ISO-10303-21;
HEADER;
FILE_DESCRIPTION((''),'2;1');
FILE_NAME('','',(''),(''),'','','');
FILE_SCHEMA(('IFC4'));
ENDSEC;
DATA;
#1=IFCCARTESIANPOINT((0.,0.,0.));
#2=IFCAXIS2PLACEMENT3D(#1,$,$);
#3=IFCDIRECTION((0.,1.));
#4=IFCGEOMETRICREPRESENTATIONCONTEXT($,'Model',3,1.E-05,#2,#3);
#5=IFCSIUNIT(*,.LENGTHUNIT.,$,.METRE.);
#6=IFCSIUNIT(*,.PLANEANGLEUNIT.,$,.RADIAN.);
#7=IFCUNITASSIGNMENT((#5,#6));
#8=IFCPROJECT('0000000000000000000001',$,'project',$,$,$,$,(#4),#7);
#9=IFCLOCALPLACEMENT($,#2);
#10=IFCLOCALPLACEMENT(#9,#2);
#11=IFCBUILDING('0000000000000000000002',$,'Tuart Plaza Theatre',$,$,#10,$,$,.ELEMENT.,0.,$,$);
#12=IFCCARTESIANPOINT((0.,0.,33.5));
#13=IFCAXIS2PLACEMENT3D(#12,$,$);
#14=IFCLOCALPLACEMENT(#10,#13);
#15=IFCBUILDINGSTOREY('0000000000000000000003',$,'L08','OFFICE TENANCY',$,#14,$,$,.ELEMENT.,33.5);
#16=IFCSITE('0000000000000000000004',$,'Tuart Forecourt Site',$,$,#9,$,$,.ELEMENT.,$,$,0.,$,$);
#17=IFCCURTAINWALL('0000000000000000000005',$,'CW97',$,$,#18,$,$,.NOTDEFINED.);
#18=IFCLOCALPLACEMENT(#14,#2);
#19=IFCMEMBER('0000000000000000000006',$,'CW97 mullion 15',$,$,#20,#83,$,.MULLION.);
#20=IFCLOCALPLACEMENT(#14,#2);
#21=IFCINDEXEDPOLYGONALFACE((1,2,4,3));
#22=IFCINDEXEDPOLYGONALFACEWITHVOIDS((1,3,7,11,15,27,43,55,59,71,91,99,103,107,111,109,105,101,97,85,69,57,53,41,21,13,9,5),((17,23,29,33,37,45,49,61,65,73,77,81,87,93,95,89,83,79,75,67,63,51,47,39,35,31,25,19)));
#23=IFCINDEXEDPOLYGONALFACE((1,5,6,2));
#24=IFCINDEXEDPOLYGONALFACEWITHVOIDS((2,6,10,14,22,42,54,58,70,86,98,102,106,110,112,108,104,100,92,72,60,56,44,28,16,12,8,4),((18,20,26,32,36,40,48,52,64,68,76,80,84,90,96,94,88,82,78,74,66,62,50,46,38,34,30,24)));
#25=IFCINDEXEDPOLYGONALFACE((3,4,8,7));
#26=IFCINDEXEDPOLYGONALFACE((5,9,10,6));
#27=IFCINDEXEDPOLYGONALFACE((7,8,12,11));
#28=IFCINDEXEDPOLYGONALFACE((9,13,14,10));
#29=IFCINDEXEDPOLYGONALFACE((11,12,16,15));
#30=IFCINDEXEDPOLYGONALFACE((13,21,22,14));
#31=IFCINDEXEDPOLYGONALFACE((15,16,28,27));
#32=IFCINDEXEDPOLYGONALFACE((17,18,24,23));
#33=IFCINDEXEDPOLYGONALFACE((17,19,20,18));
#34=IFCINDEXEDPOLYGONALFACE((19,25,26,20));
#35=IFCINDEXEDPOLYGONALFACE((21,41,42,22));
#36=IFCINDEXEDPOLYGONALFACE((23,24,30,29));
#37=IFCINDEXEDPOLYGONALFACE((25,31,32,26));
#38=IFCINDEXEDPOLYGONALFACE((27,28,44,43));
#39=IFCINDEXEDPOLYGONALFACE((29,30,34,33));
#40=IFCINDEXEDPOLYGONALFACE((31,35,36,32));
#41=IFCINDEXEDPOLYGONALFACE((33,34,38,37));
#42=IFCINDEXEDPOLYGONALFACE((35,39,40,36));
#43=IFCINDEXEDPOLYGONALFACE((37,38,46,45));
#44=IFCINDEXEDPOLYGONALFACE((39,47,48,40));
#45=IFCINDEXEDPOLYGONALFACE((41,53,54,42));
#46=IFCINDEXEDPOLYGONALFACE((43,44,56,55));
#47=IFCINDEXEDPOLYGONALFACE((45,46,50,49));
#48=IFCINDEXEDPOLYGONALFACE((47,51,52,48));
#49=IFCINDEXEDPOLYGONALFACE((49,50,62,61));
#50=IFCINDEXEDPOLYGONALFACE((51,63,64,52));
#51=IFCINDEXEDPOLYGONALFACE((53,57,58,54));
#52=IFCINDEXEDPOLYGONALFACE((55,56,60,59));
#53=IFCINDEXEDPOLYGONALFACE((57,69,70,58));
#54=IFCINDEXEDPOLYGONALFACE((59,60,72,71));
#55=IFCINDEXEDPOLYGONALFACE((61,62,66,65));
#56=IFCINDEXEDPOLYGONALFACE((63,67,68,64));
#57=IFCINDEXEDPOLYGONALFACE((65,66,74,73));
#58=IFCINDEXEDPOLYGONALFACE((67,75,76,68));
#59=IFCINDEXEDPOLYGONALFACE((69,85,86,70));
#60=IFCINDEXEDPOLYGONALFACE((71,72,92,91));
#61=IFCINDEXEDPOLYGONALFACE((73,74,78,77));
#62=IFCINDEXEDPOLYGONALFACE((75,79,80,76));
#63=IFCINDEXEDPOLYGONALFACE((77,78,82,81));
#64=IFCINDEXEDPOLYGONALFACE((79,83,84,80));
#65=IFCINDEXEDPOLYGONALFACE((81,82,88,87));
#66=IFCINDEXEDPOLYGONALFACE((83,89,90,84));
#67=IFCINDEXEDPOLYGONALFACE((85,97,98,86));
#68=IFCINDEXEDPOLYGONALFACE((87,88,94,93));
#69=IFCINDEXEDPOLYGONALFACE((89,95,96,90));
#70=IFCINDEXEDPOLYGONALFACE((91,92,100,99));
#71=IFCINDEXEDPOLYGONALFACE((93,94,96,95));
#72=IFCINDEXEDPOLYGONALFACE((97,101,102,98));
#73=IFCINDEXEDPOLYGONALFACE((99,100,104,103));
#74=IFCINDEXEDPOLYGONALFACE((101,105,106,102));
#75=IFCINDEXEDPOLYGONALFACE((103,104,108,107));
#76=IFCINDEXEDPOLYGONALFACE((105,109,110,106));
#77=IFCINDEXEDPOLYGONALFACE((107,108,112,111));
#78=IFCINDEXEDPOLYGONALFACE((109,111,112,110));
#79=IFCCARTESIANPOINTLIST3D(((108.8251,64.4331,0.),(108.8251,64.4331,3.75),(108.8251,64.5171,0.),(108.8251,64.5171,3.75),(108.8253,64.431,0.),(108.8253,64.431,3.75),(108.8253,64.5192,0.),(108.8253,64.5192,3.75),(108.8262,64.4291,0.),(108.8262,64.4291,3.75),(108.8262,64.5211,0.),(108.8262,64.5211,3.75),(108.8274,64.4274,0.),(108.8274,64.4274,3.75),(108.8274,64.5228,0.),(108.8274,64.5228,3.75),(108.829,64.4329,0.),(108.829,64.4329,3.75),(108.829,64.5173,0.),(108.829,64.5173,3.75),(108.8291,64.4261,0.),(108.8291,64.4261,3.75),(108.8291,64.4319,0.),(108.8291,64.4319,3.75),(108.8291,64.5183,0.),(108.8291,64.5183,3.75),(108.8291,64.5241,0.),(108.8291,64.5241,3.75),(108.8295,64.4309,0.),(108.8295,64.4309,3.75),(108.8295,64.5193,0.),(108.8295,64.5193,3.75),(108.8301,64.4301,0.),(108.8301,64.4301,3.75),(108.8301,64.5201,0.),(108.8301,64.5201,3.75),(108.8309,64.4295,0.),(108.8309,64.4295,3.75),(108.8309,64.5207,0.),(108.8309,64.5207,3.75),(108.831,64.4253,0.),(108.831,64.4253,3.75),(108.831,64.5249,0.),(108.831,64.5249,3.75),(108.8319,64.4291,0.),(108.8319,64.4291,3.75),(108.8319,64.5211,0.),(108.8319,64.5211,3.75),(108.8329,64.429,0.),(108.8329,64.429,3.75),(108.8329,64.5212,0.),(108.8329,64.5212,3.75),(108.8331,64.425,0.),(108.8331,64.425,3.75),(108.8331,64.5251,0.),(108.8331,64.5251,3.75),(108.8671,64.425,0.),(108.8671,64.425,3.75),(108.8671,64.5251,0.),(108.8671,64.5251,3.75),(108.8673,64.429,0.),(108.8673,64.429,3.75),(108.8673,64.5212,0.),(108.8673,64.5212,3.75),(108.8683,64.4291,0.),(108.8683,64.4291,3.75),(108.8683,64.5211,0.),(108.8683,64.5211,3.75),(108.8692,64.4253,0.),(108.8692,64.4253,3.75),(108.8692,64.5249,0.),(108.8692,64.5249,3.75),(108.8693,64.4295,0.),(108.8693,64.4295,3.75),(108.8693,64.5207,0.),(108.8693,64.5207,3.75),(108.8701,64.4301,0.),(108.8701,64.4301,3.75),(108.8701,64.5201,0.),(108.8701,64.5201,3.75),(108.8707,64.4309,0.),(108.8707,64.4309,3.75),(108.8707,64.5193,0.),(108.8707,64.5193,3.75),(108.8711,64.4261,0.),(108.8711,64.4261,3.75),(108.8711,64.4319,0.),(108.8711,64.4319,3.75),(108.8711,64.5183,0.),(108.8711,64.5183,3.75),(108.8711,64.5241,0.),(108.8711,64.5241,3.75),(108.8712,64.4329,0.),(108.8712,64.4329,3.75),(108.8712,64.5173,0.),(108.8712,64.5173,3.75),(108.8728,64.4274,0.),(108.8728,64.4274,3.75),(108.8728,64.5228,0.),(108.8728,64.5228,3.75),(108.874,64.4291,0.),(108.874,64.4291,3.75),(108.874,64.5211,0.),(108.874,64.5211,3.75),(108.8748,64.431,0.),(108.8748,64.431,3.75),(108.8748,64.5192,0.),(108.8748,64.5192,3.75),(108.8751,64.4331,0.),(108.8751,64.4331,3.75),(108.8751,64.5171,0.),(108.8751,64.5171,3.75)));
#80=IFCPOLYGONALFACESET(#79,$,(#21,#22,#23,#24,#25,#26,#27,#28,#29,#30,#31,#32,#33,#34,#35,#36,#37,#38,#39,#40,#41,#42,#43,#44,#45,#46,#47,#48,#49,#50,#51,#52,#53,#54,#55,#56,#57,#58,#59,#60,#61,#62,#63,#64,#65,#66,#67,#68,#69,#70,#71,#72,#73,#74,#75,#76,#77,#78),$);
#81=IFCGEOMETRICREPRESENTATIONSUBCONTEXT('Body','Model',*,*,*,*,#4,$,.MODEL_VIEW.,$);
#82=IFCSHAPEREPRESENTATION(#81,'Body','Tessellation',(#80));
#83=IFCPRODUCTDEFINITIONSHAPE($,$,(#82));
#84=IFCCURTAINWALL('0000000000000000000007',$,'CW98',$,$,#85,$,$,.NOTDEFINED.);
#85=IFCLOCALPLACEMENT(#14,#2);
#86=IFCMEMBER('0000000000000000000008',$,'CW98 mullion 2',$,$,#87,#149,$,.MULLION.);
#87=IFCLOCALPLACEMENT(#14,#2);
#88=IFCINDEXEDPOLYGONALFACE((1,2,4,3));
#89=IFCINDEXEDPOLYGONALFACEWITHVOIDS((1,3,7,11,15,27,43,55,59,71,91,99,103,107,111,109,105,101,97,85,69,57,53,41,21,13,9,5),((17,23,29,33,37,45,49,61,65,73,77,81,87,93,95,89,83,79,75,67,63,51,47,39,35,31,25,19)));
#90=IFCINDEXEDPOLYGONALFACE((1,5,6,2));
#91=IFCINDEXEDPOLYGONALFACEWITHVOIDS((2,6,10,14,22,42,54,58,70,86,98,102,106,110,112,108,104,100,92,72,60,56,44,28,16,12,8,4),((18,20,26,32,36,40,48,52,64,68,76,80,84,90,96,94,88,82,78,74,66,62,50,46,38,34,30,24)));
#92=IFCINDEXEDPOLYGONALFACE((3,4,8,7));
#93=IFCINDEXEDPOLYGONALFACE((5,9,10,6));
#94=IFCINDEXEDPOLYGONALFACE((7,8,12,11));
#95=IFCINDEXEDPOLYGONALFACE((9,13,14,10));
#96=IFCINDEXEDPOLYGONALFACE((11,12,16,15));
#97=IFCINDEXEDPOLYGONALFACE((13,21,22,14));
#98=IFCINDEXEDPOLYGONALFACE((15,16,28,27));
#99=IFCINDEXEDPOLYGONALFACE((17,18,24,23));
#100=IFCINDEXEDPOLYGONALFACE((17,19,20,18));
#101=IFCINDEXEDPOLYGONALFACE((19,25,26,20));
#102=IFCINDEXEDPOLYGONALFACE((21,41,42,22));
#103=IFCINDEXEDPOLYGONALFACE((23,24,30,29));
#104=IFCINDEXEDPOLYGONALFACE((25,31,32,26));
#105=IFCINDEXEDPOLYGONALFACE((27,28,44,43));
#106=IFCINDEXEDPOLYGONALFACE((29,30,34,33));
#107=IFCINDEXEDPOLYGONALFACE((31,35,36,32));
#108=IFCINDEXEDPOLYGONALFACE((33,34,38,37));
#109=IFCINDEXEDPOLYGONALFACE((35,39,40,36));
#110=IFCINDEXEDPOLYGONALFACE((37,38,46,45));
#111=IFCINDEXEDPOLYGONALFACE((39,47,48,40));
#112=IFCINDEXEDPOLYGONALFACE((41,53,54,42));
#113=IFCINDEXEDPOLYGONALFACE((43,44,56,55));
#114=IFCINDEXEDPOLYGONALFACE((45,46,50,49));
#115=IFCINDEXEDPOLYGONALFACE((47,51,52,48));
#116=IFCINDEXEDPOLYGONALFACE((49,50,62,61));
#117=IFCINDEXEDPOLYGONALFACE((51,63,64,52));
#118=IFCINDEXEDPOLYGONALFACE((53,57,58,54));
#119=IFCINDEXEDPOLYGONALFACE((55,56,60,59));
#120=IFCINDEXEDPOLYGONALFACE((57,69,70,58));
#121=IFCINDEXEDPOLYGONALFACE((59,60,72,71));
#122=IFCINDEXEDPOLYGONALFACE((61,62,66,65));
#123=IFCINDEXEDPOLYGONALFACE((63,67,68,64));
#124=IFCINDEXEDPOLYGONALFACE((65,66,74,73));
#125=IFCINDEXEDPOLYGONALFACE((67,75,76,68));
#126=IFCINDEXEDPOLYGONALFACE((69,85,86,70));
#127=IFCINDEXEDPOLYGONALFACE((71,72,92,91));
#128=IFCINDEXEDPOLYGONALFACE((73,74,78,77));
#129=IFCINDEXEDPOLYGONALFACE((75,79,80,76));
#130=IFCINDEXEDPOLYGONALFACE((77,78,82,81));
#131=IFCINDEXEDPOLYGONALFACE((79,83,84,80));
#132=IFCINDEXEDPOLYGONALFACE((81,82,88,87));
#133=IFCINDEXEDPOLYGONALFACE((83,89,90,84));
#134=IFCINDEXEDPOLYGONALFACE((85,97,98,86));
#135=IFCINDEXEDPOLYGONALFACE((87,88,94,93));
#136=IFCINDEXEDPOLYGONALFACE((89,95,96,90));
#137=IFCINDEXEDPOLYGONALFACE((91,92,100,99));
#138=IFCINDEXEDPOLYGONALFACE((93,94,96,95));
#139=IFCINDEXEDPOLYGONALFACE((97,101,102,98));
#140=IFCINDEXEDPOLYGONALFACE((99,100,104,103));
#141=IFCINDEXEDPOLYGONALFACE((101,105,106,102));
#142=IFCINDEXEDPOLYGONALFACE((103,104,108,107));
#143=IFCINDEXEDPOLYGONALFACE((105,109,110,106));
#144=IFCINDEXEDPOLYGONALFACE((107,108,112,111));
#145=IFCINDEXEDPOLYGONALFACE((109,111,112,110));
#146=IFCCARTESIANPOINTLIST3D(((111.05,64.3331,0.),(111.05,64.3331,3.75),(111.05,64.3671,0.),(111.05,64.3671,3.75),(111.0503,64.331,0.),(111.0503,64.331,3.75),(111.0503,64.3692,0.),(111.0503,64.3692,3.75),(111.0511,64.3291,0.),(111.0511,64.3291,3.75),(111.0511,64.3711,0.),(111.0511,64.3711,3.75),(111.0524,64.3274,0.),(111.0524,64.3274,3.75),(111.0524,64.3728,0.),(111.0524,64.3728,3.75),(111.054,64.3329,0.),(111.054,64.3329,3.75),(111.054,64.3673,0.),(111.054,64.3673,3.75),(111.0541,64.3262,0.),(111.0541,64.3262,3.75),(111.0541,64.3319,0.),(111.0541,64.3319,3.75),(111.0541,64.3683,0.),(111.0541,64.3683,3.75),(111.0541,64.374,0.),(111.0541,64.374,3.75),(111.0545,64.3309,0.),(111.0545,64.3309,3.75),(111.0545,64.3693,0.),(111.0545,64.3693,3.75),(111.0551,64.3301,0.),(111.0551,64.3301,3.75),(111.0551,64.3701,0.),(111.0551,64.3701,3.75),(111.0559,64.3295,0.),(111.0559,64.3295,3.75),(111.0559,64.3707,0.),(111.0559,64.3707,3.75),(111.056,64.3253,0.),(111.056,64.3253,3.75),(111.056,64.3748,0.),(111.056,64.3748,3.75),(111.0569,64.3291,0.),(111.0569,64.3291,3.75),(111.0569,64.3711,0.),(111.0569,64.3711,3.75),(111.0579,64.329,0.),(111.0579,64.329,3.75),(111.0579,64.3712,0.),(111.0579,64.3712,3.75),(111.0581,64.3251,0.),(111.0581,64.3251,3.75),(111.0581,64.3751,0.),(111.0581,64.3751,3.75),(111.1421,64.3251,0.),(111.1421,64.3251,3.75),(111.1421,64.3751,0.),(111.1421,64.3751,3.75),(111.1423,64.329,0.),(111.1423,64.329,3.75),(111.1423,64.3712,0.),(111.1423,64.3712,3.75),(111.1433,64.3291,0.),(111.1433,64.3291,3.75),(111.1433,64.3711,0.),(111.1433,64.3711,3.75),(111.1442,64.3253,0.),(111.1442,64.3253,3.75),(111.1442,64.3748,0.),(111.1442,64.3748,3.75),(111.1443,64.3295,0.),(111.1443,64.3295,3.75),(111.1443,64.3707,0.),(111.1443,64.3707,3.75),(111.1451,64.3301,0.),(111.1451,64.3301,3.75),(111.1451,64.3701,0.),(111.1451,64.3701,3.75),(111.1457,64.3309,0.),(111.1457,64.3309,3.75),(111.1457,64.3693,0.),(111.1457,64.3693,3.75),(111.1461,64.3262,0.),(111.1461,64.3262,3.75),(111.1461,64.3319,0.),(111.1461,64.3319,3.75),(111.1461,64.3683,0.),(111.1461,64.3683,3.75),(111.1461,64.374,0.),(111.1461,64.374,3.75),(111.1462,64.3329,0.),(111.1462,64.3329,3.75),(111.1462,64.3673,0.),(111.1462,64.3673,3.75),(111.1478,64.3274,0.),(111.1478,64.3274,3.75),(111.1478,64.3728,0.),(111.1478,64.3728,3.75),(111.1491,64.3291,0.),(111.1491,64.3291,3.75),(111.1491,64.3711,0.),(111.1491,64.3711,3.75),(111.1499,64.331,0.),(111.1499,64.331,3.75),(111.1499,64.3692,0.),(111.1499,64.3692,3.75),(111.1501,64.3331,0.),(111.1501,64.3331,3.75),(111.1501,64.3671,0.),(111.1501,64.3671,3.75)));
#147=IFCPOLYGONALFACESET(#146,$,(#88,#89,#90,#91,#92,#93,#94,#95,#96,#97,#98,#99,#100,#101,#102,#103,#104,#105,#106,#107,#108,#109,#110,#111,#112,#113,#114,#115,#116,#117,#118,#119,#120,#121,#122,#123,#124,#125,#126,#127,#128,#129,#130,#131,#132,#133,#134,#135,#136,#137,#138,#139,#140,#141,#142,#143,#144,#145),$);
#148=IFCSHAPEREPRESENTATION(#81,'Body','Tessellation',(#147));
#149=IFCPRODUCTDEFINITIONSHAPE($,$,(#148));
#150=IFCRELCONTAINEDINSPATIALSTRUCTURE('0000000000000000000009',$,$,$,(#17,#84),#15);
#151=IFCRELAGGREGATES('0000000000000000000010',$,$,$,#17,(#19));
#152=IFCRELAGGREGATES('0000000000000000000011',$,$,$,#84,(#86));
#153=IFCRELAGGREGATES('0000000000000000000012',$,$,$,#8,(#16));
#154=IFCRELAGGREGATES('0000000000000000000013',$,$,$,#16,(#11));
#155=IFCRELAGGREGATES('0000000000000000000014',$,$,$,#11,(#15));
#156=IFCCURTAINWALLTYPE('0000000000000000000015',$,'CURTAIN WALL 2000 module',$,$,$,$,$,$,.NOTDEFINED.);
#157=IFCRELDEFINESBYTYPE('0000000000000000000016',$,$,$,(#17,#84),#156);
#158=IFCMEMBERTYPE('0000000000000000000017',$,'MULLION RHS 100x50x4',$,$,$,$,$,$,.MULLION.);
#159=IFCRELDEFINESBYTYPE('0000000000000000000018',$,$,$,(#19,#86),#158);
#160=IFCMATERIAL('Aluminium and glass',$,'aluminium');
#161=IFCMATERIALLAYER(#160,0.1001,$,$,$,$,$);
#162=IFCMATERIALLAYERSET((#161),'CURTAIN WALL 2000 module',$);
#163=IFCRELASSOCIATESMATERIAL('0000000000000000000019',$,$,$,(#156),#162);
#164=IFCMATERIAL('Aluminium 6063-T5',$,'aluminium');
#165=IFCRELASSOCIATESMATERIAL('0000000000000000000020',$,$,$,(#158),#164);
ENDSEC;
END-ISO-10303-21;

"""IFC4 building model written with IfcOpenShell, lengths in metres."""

from ifc_helpers import new_model, si_unit, direction, frame, origin, origin_2d, place, context, subcontext, project, spatial, hollow_rectangle, extrude, material, layer, layer_set, material_profile, profile_set, type_object, element, aggregate, save


model = new_model("IFC4")

# Units and contexts
model_context = context("Model", 3, precision=1e-05, world=origin(), true_north=direction((0.0, 1.0)))
body_context = subcontext(model_context, "Body", "Model", "MODEL_VIEW")
ifc_project = project(units=[si_unit("LENGTHUNIT", "METRE"), si_unit("PLANEANGLEUNIT", "RADIAN")], contexts=[model_context])

# Site, building, storey
site_placement = place(None, origin())
site = spatial("IfcSite", under=ifc_project, at=site_placement, Name="Tuart Forecourt Site", CompositionType="ELEMENT", RefElevation=0.0)
building_placement = place(site_placement, origin())
building = spatial("IfcBuilding", under=site, at=building_placement, Name="Tuart Plaza Theatre", CompositionType="ELEMENT", ElevationOfRefHeight=0.0)
storey_placement = place(building_placement, frame((0.0, 0.0, 33.5)))
storey = spatial("IfcBuildingStorey", under=building, at=storey_placement, Name="L08", Description="OFFICE TENANCY", CompositionType="ELEMENT", Elevation=33.5)

# Curtain wall, member
ifc_material_1 = material(Name="Aluminium and glass", Category="aluminium")
ifc_layer_1 = layer(ifc_material_1, 0.1001)
ifc_layer_set_1 = layer_set([ifc_layer_1], Name="CURTAIN WALL 2000 module")
curtain_wall_type = type_object("IfcCurtainWallType", Name="CURTAIN WALL 2000 module", PredefinedType="NOTDEFINED", material=ifc_layer_set_1)
curtain_wall_1_placement = place(storey_placement, origin())
curtain_wall_1 = element("IfcCurtainWall", 1, at=curtain_wall_1_placement, inside=storey, type_object=curtain_wall_type, Name="CW97", PredefinedType="NOTDEFINED")
ifc_material_2 = material(Name="Aluminium 6063-T5", Category="aluminium")
ifc_material_profile_1 = material_profile(ifc_material_2, hollow_rectangle(XDim=0.05, YDim=0.1001, WallThickness=0.0039, InnerFilletRadius=0.0039, OuterFilletRadius=0.0081, at=origin_2d()), Name="RHS 100x50x4")
ifc_profile_set_1 = profile_set([ifc_material_profile_1], Name="Aluminium 6063-T5")
member_type_1 = type_object("IfcMemberType", Name="MULLION RHS 100x50x4", PredefinedType="MULLION", material=ifc_profile_set_1)
member_1_placement = place(storey_placement, frame((108.8501, 64.4751, 0.0), z_axis=(0.0, 0.0, 1.0), x_axis=(1.0, 0.0, 0.0)))
member_1 = element("IfcMember", 2, at=member_1_placement, type_object=member_type_1, Name="CW97 mullion 15", PredefinedType="MULLION", context=body_context, shape_type="SweptSolid", body=[
    extrude(hollow_rectangle(XDim=0.05, YDim=0.1001, WallThickness=0.0039, InnerFilletRadius=0.0039, OuterFilletRadius=0.0081, at=origin_2d()), origin(), (0.0, 0.0, 1.0), 3.75),
])

# Curtain wall, member
curtain_wall_2_placement = place(storey_placement, origin())
curtain_wall_2 = element("IfcCurtainWall", 3, at=curtain_wall_2_placement, inside=storey, type_object=curtain_wall_type, Name="CW98", PredefinedType="NOTDEFINED")
member_2_placement = place(storey_placement, frame((111.1001, 64.3501, 0.0), z_axis=(0.0, 0.0, 1.0), x_axis=(0.0, 1.0, 0.0)))
member_2 = element("IfcMember", 4, at=member_2_placement, type_object=member_type_1, Name="CW98 mullion 2", PredefinedType="MULLION", context=body_context, shape_type="SweptSolid", body=[
    extrude(hollow_rectangle(XDim=0.05, YDim=0.1001, WallThickness=0.0039, InnerFilletRadius=0.0039, OuterFilletRadius=0.0081, at=origin_2d()), origin(), (0.0, 0.0, 1.0), 3.75),
])

aggregate(curtain_wall_1, [member_1])
aggregate(curtain_wall_2, [member_2])

save(model, "model.ifc")
